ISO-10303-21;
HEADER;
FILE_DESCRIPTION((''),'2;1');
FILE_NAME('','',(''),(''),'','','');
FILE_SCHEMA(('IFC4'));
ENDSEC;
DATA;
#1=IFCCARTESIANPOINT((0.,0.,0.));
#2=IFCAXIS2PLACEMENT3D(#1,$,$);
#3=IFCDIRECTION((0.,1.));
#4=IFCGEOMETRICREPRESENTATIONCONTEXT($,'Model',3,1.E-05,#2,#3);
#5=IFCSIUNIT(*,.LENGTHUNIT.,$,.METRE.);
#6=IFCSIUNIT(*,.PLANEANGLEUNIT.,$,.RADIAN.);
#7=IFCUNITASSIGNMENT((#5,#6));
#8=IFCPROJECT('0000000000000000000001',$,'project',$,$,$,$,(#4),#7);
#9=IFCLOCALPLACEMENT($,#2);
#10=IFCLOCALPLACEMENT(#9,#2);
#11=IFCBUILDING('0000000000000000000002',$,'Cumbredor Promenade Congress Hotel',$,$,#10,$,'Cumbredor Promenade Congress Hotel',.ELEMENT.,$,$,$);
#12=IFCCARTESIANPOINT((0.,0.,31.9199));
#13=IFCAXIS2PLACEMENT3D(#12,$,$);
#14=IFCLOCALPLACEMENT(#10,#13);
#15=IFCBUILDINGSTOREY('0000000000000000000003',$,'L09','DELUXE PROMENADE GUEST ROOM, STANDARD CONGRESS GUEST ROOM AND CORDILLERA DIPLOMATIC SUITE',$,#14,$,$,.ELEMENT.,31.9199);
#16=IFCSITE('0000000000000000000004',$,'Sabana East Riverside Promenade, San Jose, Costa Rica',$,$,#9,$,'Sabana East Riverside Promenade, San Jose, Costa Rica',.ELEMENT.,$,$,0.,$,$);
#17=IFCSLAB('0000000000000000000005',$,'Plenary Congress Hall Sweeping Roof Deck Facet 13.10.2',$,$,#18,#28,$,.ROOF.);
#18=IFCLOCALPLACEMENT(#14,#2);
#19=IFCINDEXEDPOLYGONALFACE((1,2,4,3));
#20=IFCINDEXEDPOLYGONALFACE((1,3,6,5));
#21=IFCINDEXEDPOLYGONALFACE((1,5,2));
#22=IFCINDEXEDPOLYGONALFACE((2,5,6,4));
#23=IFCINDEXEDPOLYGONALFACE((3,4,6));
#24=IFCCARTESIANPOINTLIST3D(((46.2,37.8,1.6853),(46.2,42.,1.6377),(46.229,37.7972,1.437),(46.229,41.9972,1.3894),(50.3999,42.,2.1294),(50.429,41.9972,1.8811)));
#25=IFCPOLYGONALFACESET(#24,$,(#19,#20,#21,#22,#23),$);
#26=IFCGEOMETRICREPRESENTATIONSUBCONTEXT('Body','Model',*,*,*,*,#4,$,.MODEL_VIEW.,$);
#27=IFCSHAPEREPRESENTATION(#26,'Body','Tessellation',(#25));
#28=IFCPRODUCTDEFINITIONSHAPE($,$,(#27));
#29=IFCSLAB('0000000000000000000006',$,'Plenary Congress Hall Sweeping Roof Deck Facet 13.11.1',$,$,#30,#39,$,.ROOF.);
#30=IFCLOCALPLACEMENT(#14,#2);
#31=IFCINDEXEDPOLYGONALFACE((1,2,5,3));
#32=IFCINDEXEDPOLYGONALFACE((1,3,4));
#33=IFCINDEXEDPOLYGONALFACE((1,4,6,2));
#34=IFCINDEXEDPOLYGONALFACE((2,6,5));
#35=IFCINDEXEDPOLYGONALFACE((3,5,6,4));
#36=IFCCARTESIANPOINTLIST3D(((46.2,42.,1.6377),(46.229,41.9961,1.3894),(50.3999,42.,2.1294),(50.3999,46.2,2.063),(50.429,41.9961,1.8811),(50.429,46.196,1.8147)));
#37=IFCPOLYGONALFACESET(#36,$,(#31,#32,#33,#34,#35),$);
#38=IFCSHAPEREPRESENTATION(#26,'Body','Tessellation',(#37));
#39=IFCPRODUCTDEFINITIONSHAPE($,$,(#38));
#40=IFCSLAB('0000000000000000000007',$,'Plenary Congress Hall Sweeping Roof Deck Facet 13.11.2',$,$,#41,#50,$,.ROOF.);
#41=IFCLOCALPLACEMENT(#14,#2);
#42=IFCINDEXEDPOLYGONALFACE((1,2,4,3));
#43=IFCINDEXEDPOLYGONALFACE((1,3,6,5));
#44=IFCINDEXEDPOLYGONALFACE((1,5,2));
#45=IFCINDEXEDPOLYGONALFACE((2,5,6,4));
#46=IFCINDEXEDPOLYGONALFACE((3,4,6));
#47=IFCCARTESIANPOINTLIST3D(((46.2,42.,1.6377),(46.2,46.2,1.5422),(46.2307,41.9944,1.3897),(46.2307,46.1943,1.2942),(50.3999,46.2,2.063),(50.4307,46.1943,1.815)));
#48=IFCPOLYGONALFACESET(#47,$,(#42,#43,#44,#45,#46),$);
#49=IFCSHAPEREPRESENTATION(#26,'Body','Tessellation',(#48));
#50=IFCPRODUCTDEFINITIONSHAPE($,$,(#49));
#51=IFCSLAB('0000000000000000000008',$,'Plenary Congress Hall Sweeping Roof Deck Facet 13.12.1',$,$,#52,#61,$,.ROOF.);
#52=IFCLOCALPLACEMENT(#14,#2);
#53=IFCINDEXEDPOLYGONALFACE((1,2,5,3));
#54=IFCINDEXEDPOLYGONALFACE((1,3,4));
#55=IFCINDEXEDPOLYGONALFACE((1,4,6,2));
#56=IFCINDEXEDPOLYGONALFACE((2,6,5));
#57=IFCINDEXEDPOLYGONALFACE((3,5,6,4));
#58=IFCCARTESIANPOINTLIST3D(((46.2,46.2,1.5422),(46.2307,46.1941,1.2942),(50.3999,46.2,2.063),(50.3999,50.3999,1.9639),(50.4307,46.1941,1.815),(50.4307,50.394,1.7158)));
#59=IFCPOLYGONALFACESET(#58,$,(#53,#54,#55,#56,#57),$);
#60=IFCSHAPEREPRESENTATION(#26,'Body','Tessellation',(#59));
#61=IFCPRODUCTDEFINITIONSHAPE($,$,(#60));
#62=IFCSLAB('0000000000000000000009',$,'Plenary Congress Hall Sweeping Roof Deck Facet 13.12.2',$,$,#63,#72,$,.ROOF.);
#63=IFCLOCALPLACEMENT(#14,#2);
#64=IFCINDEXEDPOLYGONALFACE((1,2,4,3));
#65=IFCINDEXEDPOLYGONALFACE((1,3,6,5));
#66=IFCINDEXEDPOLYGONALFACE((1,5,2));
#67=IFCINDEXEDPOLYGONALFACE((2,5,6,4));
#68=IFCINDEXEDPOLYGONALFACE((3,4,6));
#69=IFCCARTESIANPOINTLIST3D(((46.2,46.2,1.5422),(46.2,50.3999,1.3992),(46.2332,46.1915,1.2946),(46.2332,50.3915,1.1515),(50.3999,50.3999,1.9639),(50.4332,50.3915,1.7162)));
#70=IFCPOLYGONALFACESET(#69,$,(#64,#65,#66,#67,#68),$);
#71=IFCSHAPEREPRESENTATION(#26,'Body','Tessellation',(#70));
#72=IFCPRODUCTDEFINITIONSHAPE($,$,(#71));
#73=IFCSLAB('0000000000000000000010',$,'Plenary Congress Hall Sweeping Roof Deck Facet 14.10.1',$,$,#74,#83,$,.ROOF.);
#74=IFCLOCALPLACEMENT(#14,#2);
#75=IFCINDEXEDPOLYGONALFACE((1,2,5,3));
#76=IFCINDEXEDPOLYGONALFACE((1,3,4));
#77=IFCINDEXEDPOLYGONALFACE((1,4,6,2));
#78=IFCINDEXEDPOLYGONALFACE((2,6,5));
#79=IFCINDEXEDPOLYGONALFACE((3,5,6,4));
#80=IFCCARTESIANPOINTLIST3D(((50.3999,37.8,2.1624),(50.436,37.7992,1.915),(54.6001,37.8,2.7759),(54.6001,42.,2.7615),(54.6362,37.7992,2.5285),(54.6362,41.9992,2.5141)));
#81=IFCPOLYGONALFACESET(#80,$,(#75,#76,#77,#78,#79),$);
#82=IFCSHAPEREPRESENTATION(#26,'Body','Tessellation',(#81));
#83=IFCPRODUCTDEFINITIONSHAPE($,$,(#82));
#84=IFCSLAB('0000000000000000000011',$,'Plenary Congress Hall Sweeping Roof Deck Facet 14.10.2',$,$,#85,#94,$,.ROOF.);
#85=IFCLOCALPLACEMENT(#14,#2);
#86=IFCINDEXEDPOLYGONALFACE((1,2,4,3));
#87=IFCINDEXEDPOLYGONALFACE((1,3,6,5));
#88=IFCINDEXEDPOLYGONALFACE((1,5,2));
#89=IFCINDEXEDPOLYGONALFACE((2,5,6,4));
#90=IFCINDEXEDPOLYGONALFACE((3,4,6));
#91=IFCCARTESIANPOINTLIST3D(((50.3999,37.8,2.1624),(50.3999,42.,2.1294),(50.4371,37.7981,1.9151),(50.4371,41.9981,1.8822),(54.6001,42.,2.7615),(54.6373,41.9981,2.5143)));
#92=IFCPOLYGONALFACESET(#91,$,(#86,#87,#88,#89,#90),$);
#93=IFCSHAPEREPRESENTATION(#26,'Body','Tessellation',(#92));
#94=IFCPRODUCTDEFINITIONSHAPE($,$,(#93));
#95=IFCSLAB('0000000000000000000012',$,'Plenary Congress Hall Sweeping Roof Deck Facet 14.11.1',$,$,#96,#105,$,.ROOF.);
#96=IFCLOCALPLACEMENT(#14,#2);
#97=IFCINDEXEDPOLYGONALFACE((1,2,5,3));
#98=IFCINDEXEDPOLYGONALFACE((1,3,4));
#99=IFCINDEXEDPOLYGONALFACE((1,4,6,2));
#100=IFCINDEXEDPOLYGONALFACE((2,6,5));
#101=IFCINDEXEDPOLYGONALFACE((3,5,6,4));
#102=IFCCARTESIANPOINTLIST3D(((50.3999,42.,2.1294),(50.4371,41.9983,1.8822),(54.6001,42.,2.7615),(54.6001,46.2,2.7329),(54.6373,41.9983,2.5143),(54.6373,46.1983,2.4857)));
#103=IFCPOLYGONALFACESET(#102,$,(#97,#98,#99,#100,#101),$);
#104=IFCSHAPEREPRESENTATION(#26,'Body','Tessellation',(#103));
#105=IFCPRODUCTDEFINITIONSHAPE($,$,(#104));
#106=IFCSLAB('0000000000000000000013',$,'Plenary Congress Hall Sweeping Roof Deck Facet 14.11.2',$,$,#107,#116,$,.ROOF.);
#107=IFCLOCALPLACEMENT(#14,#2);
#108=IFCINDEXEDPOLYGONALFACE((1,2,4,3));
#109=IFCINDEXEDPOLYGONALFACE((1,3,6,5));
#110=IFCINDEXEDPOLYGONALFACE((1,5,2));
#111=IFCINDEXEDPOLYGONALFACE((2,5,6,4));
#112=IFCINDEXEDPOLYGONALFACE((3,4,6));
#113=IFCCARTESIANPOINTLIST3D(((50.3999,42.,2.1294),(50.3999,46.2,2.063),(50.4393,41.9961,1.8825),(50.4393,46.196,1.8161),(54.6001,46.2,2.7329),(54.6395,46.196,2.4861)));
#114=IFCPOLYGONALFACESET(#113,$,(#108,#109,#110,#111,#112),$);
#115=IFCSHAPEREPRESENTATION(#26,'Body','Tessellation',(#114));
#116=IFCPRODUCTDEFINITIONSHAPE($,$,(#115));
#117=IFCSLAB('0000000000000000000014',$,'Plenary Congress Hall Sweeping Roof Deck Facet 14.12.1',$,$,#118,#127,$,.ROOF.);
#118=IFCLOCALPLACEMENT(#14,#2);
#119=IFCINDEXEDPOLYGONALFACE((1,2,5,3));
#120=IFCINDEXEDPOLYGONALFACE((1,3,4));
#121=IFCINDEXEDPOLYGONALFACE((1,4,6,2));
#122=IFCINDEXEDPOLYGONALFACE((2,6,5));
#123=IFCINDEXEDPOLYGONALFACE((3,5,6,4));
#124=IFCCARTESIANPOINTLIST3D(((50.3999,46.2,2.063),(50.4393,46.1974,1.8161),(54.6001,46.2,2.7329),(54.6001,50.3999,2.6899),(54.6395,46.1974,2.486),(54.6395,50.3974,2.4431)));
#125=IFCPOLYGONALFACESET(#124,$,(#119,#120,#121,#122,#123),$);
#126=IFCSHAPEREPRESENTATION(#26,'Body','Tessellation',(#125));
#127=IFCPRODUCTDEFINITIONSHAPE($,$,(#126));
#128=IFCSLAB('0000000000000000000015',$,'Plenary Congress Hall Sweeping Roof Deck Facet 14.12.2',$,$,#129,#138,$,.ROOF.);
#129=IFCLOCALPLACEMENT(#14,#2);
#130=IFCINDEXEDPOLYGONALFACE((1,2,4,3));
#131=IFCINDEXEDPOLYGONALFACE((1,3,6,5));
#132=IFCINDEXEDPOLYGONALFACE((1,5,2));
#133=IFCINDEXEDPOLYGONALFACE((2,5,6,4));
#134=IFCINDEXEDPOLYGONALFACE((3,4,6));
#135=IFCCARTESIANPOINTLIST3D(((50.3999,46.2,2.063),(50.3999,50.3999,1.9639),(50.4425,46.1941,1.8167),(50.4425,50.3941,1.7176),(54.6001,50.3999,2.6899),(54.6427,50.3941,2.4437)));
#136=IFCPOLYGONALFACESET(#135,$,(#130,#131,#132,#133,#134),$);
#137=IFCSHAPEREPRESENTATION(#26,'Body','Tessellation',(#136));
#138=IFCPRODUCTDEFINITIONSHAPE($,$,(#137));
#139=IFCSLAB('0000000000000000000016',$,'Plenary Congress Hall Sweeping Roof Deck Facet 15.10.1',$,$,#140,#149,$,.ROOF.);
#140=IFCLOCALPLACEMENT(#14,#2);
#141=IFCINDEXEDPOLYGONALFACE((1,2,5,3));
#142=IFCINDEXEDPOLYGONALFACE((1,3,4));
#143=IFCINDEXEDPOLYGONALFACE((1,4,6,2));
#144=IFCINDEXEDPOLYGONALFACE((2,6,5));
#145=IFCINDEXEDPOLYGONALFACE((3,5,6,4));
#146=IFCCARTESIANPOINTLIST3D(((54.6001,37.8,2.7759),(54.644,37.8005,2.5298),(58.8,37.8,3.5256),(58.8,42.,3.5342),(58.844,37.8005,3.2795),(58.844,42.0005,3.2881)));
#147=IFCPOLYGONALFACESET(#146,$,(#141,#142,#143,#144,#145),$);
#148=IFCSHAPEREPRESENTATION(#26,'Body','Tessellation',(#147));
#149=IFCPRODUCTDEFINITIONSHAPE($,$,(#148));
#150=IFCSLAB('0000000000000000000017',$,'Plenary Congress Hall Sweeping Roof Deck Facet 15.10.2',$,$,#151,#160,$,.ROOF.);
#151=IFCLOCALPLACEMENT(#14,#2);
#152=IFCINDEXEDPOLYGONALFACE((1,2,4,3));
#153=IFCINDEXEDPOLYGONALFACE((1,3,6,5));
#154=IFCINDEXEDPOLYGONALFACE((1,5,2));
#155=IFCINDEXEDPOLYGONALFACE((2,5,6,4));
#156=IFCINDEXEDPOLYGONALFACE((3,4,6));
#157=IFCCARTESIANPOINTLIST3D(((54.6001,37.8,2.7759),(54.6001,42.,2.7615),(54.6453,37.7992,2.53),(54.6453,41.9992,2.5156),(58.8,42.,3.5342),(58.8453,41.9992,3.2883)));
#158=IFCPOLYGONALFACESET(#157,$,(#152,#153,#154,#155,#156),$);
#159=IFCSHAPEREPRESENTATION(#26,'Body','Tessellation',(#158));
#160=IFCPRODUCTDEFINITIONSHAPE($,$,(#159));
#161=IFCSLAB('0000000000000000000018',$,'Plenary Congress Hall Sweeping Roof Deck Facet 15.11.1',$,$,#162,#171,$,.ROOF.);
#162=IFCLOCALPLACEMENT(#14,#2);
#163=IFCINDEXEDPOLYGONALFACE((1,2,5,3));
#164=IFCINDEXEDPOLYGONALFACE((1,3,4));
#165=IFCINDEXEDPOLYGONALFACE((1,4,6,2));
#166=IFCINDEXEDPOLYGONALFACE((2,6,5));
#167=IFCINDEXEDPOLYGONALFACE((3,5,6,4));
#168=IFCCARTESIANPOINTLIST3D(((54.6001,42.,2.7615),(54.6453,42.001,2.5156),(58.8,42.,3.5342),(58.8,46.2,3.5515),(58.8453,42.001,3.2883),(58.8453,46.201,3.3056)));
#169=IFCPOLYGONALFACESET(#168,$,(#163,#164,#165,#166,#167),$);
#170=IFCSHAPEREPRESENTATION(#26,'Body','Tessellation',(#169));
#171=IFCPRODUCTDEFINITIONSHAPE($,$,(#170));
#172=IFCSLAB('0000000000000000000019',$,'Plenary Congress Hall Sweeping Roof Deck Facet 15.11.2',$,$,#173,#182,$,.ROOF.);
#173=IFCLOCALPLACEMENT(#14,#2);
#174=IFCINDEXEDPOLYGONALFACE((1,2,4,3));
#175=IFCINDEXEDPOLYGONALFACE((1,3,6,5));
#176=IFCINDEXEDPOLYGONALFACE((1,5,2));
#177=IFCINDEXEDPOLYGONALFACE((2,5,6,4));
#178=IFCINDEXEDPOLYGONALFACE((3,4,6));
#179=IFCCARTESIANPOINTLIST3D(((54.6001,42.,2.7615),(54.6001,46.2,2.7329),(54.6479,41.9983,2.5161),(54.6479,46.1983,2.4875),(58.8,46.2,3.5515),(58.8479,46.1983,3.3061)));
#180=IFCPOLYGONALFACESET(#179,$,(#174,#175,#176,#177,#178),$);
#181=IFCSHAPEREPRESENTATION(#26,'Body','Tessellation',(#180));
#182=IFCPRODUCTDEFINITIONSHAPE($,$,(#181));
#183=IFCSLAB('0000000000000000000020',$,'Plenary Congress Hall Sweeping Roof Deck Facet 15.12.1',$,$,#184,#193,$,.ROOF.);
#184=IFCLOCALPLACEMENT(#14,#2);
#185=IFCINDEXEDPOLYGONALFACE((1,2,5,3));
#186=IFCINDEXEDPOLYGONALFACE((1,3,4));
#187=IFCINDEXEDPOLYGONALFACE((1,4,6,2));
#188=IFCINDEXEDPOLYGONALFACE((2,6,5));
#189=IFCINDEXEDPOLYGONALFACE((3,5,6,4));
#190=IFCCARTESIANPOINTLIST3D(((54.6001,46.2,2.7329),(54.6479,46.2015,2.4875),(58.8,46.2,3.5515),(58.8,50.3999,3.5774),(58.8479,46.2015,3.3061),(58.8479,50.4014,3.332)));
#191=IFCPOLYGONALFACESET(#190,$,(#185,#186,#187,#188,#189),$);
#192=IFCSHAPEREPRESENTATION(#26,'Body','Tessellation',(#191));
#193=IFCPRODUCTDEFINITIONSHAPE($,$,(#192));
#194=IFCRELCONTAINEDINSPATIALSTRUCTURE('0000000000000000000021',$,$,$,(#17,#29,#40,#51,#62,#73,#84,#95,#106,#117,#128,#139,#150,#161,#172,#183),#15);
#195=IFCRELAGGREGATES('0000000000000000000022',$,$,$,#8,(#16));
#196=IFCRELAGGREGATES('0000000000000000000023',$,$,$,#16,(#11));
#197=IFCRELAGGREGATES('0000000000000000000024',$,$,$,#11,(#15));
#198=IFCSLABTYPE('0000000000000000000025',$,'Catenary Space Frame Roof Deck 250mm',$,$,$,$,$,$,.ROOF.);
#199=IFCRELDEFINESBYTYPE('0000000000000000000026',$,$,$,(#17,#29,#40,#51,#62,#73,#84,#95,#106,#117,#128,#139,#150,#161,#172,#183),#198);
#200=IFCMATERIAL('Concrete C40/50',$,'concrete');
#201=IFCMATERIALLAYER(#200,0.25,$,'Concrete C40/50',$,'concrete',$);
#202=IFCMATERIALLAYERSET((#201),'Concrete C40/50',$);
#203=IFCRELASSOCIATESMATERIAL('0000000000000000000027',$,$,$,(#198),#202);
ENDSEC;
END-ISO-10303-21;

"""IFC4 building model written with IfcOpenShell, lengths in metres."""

from ifc_helpers import new_model, si_unit, direction, frame, origin, place, context, subcontext, project, spatial, polyline, outline, extrude, material, layer, layer_set, type_object, element, save


model = new_model("IFC4")

# Units and contexts
model_context = context("Model", 3, precision=1e-05, world=origin(), true_north=direction((0.0, 1.0)))
body_context = subcontext(model_context, "Body", "Model", "MODEL_VIEW")
ifc_project = project(units=[si_unit("LENGTHUNIT", "METRE"), si_unit("PLANEANGLEUNIT", "RADIAN")], contexts=[model_context])

# Site, building, storey
site_placement = place(None, origin())
site = spatial("IfcSite", under=ifc_project, at=site_placement, Name="Sabana East Riverside Promenade, San Jose, Costa Rica", LongName="Sabana East Riverside Promenade, San Jose, Costa Rica", CompositionType="ELEMENT", RefElevation=0.0)
building_placement = place(site_placement, origin())
building = spatial("IfcBuilding", under=site, at=building_placement, Name="Cumbredor Promenade Congress Hotel", LongName="Cumbredor Promenade Congress Hotel", CompositionType="ELEMENT")
storey_placement = place(building_placement, frame((0.0, 0.0, 31.9199)))
storey = spatial("IfcBuildingStorey", under=building, at=storey_placement, Name="L09", Description="DELUXE PROMENADE GUEST ROOM, STANDARD CONGRESS GUEST ROOM AND CORDILLERA DIPLOMATIC SUITE", CompositionType="ELEMENT", Elevation=31.9199)

# Slabs
ifc_material_1 = material(Name="Concrete C40/50", Category="concrete")
ifc_layer_1 = layer(ifc_material_1, 0.25, Name="Concrete C40/50", Category="concrete")
ifc_layer_set_1 = layer_set([ifc_layer_1], Name="Concrete C40/50")
slab_type = type_object("IfcSlabType", Name="Catenary Space Frame Roof Deck 250mm", PredefinedType="ROOF", material=ifc_layer_set_1)
slab_1_placement = place(storey_placement, frame((46.2, 37.8, 1.6853), z_axis=(-0.116271, 0.011258, 0.993154), x_axis=(0.705139, 0.705139, 0.07456)))
element("IfcSlab", 1, at=slab_1_placement, inside=storey, type_object=slab_type, Name="Plenary Congress Hall Sweeping Roof Deck Facet 13.10.2", PredefinedType="ROOF", context=body_context, shape_type="SweptSolid", body=[
    extrude(outline(polyline([(0.0, 0.0), (5.9562, 0.0), (2.958, 2.982), (0.0, 0.0)])), origin(), (0.0, 0.0, -1.0), 0.25),
])
slab_2_placement = place(storey_placement, frame((46.2, 42.0, 1.6377), z_axis=(-0.116264, 0.015702, 0.993094), x_axis=(0.993217, 0.0, 0.116278)))
element("IfcSlab", 2, at=slab_2_placement, inside=storey, type_object=slab_type, Name="Plenary Congress Hall Sweeping Roof Deck Facet 13.11.1", PredefinedType="ROOF", context=body_context, shape_type="SweptSolid", body=[
    extrude(outline(polyline([(0.0, 0.0), (4.2286, 0.0), (4.2209, 4.2005), (0.0, 0.0)])), origin(), (0.0, 0.0, -1.0), 0.25),
])
slab_3_placement = place(storey_placement, frame((46.2, 42.0, 1.6377), z_axis=(-0.123016, 0.02255, 0.992148), x_axis=(0.705301, 0.705301, 0.07142)))
element("IfcSlab", 3, at=slab_3_placement, inside=storey, type_object=slab_type, Name="Plenary Congress Hall Sweeping Roof Deck Facet 13.11.2", PredefinedType="ROOF", context=body_context, shape_type="SweptSolid", body=[
    extrude(outline(polyline([(0.0, 0.0), (5.9548, 0.0), (2.9554, 2.9857), (0.0, 0.0)])), origin(), (0.0, 0.0, -1.0), 0.25),
])
slab_4_placement = place(storey_placement, frame((46.2, 46.2, 1.5422), z_axis=(-0.123014, 0.023415, 0.992129), x_axis=(0.992401, 0.0, 0.123048)))
element("IfcSlab", 4, at=slab_4_placement, inside=storey, type_object=slab_type, Name="Plenary Congress Hall Sweeping Roof Deck Facet 13.12.1", PredefinedType="ROOF", context=body_context, shape_type="SweptSolid", body=[
    extrude(outline(polyline([(0.0, 0.0), (4.2321, 0.0), (4.2199, 4.2011), (0.0, 0.0)])), origin(), (0.0, 0.0, -1.0), 0.25),
])
slab_5_placement = place(storey_placement, frame((46.2, 46.2, 1.5422), z_axis=(-0.133178, 0.033741, 0.990518), x_axis=(0.705332, 0.705332, 0.070808)))
element("IfcSlab", 5, at=slab_5_placement, inside=storey, type_object=slab_type, Name="Plenary Congress Hall Sweeping Roof Deck Facet 13.12.2", PredefinedType="ROOF", context=body_context, shape_type="SweptSolid", body=[
    extrude(outline(polyline([(0.0, 0.0), (5.9546, 0.0), (2.9522, 2.9907), (0.0, 0.0)])), origin(), (0.0, 0.0, -1.0), 0.25),
])
slab_6_placement = place(storey_placement, frame((50.3999, 37.8, 2.1624), z_axis=(-0.144536, 0.003394, 0.989494), x_axis=(0.989499, 0.0, 0.144537)))
element("IfcSlab", 6, at=slab_6_placement, inside=storey, type_object=slab_type, Name="Plenary Congress Hall Sweeping Roof Deck Facet 14.10.1", PredefinedType="ROOF", context=body_context, shape_type="SweptSolid", body=[
    extrude(outline(polyline([(0.0, 0.0), (4.2448, 0.0), (4.2427, 4.2), (0.0, 0.0)])), origin(), (0.0, 0.0, -1.0), 0.25),
])
slab_7_placement = place(storey_placement, frame((50.3999, 37.8, 2.1624), z_axis=(-0.148808, 0.00776, 0.988836), x_axis=(0.703557, 0.703517, 0.100356)))
element("IfcSlab", 7, at=slab_7_placement, inside=storey, type_object=slab_type, Name="Plenary Congress Hall Sweeping Roof Deck Facet 14.10.2", PredefinedType="ROOF", context=body_context, shape_type="SweptSolid", body=[
    extrude(outline(polyline([(0.0, 0.0), (5.9699, 0.0), (2.9514, 2.9883), (0.0, 0.0)])), origin(), (0.0, 0.0, -1.0), 0.25),
])
slab_8_placement = place(storey_placement, frame((50.3999, 42.0, 2.1294), z_axis=(-0.148809, 0.006725, 0.988843), x_axis=(0.988865, 0.0, 0.148813)))
element("IfcSlab", 8, at=slab_8_placement, inside=storey, type_object=slab_type, Name="Plenary Congress Hall Sweeping Roof Deck Facet 14.11.1", PredefinedType="ROOF", context=body_context, shape_type="SweptSolid", body=[
    extrude(outline(polyline([(0.0, 0.0), (4.2475, 0.0), (4.2432, 4.2), (0.0, 0.0)])), origin(), (0.0, 0.0, -1.0), 0.25),
])
slab_9_placement = place(storey_placement, frame((50.3999, 42.0, 2.1294), z_axis=(-0.157488, 0.015612, 0.987398), x_axis=(0.703505, 0.703464, 0.101085)))
element("IfcSlab", 9, at=slab_9_placement, inside=storey, type_object=slab_type, Name="Plenary Congress Hall Sweeping Roof Deck Facet 14.11.2", PredefinedType="ROOF", context=body_context, shape_type="SweptSolid", body=[
    extrude(outline(polyline([(0.0, 0.0), (5.9704, 0.0), (2.9478, 2.9924), (0.0, 0.0)])), origin(), (0.0, 0.0, -1.0), 0.25),
])
slab_10_placement = place(storey_placement, frame((50.3999, 46.2, 2.063), z_axis=(-0.157499, 0.010103, 0.987467), x_axis=(0.987518, 0.0, 0.157507)))
element("IfcSlab", 10, at=slab_10_placement, inside=storey, type_object=slab_type, Name="Plenary Congress Hall Sweeping Roof Deck Facet 14.12.1", PredefinedType="ROOF", context=body_context, shape_type="SweptSolid", body=[
    extrude(outline(polyline([(0.0, 0.0), (4.2533, 0.0), (4.2465, 4.2002), (0.0, 0.0)])), origin(), (0.0, 0.0, -1.0), 0.25),
])
slab_11_placement = place(storey_placement, frame((50.3999, 46.2, 2.063), z_axis=(-0.170294, 0.023249, 0.985119), x_axis=(0.703221, 0.70318, 0.104968)))
element("IfcSlab", 11, at=slab_11_placement, inside=storey, type_object=slab_type, Name="Plenary Congress Hall Sweeping Roof Deck Facet 14.12.2", PredefinedType="ROOF", context=body_context, shape_type="SweptSolid", body=[
    extrude(outline(polyline([(0.0, 0.0), (5.9728, 0.0), (2.9429, 2.9981), (0.0, 0.0)])), origin(), (0.0, 0.0, -1.0), 0.25),
])
slab_12_placement = place(storey_placement, frame((54.6001, 37.8, 2.7759), z_axis=(-0.175737, -0.002003, 0.984435), x_axis=(0.984437, 0.0, 0.175737)))
element("IfcSlab", 12, at=slab_12_placement, inside=storey, type_object=slab_type, Name="Plenary Congress Hall Sweeping Roof Deck Facet 15.10.1", PredefinedType="ROOF", context=body_context, shape_type="SweptSolid", body=[
    extrude(outline(polyline([(0.0, 0.0), (4.2663, 0.0), (4.2678, 4.2), (0.0, 0.0)])), origin(), (0.0, 0.0, -1.0), 0.25),
])
slab_13_placement = place(storey_placement, frame((54.6001, 37.8, 2.7759), z_axis=(-0.180942, 0.003373, 0.983488), x_axis=(0.701414, 0.701414, 0.12664)))
element("IfcSlab", 13, at=slab_13_placement, inside=storey, type_object=slab_type, Name="Plenary Congress Hall Sweeping Roof Deck Facet 15.10.2", PredefinedType="ROOF", context=body_context, shape_type="SweptSolid", body=[
    extrude(outline(polyline([(0.0, 0.0), (5.9878, 0.0), (2.9441, 2.9954), (0.0, 0.0)])), origin(), (0.0, 0.0, -1.0), 0.25),
])
slab_14_placement = place(storey_placement, frame((54.6001, 42.0, 2.7615), z_axis=(-0.180941, -0.004059, 0.983486), x_axis=(0.983494, 0.0, 0.180943)))
element("IfcSlab", 14, at=slab_14_placement, inside=storey, type_object=slab_type, Name="Plenary Congress Hall Sweeping Roof Deck Facet 15.11.1", PredefinedType="ROOF", context=body_context, shape_type="SweptSolid", body=[
    extrude(outline(polyline([(0.0, 0.0), (4.2704, 0.0), (4.2736, 4.2), (0.0, 0.0)])), origin(), (0.0, 0.0, -1.0), 0.25),
])
slab_15_placement = place(storey_placement, frame((54.6001, 42.0, 2.7615), z_axis=(-0.191304, 0.006675, 0.981508), x_axis=(0.700933, 0.700933, 0.13185)))
element("IfcSlab", 15, at=slab_15_placement, inside=storey, type_object=slab_type, Name="Plenary Congress Hall Sweeping Roof Deck Facet 15.11.2", PredefinedType="ROOF", context=body_context, shape_type="SweptSolid", body=[
    extrude(outline(polyline([(0.0, 0.0), (5.9919, 0.0), (2.9401, 2.9993), (0.0, 0.0)])), origin(), (0.0, 0.0, -1.0), 0.25),
])
slab_16_placement = place(storey_placement, frame((54.6001, 46.2, 2.7329), z_axis=(-0.191304, -0.006048, 0.981512), x_axis=(0.98153, 0.0, 0.191308)))
element("IfcSlab", 16, at=slab_16_placement, inside=storey, type_object=slab_type, Name="Plenary Congress Hall Sweeping Roof Deck Facet 15.12.1", PredefinedType="ROOF", context=body_context, shape_type="SweptSolid", body=[
    extrude(outline(polyline([(0.0, 0.0), (4.279, 0.0), (4.2839, 4.2), (0.0, 0.0)])), origin(), (0.0, 0.0, -1.0), 0.25),
])

save(model, "model.ifc")
